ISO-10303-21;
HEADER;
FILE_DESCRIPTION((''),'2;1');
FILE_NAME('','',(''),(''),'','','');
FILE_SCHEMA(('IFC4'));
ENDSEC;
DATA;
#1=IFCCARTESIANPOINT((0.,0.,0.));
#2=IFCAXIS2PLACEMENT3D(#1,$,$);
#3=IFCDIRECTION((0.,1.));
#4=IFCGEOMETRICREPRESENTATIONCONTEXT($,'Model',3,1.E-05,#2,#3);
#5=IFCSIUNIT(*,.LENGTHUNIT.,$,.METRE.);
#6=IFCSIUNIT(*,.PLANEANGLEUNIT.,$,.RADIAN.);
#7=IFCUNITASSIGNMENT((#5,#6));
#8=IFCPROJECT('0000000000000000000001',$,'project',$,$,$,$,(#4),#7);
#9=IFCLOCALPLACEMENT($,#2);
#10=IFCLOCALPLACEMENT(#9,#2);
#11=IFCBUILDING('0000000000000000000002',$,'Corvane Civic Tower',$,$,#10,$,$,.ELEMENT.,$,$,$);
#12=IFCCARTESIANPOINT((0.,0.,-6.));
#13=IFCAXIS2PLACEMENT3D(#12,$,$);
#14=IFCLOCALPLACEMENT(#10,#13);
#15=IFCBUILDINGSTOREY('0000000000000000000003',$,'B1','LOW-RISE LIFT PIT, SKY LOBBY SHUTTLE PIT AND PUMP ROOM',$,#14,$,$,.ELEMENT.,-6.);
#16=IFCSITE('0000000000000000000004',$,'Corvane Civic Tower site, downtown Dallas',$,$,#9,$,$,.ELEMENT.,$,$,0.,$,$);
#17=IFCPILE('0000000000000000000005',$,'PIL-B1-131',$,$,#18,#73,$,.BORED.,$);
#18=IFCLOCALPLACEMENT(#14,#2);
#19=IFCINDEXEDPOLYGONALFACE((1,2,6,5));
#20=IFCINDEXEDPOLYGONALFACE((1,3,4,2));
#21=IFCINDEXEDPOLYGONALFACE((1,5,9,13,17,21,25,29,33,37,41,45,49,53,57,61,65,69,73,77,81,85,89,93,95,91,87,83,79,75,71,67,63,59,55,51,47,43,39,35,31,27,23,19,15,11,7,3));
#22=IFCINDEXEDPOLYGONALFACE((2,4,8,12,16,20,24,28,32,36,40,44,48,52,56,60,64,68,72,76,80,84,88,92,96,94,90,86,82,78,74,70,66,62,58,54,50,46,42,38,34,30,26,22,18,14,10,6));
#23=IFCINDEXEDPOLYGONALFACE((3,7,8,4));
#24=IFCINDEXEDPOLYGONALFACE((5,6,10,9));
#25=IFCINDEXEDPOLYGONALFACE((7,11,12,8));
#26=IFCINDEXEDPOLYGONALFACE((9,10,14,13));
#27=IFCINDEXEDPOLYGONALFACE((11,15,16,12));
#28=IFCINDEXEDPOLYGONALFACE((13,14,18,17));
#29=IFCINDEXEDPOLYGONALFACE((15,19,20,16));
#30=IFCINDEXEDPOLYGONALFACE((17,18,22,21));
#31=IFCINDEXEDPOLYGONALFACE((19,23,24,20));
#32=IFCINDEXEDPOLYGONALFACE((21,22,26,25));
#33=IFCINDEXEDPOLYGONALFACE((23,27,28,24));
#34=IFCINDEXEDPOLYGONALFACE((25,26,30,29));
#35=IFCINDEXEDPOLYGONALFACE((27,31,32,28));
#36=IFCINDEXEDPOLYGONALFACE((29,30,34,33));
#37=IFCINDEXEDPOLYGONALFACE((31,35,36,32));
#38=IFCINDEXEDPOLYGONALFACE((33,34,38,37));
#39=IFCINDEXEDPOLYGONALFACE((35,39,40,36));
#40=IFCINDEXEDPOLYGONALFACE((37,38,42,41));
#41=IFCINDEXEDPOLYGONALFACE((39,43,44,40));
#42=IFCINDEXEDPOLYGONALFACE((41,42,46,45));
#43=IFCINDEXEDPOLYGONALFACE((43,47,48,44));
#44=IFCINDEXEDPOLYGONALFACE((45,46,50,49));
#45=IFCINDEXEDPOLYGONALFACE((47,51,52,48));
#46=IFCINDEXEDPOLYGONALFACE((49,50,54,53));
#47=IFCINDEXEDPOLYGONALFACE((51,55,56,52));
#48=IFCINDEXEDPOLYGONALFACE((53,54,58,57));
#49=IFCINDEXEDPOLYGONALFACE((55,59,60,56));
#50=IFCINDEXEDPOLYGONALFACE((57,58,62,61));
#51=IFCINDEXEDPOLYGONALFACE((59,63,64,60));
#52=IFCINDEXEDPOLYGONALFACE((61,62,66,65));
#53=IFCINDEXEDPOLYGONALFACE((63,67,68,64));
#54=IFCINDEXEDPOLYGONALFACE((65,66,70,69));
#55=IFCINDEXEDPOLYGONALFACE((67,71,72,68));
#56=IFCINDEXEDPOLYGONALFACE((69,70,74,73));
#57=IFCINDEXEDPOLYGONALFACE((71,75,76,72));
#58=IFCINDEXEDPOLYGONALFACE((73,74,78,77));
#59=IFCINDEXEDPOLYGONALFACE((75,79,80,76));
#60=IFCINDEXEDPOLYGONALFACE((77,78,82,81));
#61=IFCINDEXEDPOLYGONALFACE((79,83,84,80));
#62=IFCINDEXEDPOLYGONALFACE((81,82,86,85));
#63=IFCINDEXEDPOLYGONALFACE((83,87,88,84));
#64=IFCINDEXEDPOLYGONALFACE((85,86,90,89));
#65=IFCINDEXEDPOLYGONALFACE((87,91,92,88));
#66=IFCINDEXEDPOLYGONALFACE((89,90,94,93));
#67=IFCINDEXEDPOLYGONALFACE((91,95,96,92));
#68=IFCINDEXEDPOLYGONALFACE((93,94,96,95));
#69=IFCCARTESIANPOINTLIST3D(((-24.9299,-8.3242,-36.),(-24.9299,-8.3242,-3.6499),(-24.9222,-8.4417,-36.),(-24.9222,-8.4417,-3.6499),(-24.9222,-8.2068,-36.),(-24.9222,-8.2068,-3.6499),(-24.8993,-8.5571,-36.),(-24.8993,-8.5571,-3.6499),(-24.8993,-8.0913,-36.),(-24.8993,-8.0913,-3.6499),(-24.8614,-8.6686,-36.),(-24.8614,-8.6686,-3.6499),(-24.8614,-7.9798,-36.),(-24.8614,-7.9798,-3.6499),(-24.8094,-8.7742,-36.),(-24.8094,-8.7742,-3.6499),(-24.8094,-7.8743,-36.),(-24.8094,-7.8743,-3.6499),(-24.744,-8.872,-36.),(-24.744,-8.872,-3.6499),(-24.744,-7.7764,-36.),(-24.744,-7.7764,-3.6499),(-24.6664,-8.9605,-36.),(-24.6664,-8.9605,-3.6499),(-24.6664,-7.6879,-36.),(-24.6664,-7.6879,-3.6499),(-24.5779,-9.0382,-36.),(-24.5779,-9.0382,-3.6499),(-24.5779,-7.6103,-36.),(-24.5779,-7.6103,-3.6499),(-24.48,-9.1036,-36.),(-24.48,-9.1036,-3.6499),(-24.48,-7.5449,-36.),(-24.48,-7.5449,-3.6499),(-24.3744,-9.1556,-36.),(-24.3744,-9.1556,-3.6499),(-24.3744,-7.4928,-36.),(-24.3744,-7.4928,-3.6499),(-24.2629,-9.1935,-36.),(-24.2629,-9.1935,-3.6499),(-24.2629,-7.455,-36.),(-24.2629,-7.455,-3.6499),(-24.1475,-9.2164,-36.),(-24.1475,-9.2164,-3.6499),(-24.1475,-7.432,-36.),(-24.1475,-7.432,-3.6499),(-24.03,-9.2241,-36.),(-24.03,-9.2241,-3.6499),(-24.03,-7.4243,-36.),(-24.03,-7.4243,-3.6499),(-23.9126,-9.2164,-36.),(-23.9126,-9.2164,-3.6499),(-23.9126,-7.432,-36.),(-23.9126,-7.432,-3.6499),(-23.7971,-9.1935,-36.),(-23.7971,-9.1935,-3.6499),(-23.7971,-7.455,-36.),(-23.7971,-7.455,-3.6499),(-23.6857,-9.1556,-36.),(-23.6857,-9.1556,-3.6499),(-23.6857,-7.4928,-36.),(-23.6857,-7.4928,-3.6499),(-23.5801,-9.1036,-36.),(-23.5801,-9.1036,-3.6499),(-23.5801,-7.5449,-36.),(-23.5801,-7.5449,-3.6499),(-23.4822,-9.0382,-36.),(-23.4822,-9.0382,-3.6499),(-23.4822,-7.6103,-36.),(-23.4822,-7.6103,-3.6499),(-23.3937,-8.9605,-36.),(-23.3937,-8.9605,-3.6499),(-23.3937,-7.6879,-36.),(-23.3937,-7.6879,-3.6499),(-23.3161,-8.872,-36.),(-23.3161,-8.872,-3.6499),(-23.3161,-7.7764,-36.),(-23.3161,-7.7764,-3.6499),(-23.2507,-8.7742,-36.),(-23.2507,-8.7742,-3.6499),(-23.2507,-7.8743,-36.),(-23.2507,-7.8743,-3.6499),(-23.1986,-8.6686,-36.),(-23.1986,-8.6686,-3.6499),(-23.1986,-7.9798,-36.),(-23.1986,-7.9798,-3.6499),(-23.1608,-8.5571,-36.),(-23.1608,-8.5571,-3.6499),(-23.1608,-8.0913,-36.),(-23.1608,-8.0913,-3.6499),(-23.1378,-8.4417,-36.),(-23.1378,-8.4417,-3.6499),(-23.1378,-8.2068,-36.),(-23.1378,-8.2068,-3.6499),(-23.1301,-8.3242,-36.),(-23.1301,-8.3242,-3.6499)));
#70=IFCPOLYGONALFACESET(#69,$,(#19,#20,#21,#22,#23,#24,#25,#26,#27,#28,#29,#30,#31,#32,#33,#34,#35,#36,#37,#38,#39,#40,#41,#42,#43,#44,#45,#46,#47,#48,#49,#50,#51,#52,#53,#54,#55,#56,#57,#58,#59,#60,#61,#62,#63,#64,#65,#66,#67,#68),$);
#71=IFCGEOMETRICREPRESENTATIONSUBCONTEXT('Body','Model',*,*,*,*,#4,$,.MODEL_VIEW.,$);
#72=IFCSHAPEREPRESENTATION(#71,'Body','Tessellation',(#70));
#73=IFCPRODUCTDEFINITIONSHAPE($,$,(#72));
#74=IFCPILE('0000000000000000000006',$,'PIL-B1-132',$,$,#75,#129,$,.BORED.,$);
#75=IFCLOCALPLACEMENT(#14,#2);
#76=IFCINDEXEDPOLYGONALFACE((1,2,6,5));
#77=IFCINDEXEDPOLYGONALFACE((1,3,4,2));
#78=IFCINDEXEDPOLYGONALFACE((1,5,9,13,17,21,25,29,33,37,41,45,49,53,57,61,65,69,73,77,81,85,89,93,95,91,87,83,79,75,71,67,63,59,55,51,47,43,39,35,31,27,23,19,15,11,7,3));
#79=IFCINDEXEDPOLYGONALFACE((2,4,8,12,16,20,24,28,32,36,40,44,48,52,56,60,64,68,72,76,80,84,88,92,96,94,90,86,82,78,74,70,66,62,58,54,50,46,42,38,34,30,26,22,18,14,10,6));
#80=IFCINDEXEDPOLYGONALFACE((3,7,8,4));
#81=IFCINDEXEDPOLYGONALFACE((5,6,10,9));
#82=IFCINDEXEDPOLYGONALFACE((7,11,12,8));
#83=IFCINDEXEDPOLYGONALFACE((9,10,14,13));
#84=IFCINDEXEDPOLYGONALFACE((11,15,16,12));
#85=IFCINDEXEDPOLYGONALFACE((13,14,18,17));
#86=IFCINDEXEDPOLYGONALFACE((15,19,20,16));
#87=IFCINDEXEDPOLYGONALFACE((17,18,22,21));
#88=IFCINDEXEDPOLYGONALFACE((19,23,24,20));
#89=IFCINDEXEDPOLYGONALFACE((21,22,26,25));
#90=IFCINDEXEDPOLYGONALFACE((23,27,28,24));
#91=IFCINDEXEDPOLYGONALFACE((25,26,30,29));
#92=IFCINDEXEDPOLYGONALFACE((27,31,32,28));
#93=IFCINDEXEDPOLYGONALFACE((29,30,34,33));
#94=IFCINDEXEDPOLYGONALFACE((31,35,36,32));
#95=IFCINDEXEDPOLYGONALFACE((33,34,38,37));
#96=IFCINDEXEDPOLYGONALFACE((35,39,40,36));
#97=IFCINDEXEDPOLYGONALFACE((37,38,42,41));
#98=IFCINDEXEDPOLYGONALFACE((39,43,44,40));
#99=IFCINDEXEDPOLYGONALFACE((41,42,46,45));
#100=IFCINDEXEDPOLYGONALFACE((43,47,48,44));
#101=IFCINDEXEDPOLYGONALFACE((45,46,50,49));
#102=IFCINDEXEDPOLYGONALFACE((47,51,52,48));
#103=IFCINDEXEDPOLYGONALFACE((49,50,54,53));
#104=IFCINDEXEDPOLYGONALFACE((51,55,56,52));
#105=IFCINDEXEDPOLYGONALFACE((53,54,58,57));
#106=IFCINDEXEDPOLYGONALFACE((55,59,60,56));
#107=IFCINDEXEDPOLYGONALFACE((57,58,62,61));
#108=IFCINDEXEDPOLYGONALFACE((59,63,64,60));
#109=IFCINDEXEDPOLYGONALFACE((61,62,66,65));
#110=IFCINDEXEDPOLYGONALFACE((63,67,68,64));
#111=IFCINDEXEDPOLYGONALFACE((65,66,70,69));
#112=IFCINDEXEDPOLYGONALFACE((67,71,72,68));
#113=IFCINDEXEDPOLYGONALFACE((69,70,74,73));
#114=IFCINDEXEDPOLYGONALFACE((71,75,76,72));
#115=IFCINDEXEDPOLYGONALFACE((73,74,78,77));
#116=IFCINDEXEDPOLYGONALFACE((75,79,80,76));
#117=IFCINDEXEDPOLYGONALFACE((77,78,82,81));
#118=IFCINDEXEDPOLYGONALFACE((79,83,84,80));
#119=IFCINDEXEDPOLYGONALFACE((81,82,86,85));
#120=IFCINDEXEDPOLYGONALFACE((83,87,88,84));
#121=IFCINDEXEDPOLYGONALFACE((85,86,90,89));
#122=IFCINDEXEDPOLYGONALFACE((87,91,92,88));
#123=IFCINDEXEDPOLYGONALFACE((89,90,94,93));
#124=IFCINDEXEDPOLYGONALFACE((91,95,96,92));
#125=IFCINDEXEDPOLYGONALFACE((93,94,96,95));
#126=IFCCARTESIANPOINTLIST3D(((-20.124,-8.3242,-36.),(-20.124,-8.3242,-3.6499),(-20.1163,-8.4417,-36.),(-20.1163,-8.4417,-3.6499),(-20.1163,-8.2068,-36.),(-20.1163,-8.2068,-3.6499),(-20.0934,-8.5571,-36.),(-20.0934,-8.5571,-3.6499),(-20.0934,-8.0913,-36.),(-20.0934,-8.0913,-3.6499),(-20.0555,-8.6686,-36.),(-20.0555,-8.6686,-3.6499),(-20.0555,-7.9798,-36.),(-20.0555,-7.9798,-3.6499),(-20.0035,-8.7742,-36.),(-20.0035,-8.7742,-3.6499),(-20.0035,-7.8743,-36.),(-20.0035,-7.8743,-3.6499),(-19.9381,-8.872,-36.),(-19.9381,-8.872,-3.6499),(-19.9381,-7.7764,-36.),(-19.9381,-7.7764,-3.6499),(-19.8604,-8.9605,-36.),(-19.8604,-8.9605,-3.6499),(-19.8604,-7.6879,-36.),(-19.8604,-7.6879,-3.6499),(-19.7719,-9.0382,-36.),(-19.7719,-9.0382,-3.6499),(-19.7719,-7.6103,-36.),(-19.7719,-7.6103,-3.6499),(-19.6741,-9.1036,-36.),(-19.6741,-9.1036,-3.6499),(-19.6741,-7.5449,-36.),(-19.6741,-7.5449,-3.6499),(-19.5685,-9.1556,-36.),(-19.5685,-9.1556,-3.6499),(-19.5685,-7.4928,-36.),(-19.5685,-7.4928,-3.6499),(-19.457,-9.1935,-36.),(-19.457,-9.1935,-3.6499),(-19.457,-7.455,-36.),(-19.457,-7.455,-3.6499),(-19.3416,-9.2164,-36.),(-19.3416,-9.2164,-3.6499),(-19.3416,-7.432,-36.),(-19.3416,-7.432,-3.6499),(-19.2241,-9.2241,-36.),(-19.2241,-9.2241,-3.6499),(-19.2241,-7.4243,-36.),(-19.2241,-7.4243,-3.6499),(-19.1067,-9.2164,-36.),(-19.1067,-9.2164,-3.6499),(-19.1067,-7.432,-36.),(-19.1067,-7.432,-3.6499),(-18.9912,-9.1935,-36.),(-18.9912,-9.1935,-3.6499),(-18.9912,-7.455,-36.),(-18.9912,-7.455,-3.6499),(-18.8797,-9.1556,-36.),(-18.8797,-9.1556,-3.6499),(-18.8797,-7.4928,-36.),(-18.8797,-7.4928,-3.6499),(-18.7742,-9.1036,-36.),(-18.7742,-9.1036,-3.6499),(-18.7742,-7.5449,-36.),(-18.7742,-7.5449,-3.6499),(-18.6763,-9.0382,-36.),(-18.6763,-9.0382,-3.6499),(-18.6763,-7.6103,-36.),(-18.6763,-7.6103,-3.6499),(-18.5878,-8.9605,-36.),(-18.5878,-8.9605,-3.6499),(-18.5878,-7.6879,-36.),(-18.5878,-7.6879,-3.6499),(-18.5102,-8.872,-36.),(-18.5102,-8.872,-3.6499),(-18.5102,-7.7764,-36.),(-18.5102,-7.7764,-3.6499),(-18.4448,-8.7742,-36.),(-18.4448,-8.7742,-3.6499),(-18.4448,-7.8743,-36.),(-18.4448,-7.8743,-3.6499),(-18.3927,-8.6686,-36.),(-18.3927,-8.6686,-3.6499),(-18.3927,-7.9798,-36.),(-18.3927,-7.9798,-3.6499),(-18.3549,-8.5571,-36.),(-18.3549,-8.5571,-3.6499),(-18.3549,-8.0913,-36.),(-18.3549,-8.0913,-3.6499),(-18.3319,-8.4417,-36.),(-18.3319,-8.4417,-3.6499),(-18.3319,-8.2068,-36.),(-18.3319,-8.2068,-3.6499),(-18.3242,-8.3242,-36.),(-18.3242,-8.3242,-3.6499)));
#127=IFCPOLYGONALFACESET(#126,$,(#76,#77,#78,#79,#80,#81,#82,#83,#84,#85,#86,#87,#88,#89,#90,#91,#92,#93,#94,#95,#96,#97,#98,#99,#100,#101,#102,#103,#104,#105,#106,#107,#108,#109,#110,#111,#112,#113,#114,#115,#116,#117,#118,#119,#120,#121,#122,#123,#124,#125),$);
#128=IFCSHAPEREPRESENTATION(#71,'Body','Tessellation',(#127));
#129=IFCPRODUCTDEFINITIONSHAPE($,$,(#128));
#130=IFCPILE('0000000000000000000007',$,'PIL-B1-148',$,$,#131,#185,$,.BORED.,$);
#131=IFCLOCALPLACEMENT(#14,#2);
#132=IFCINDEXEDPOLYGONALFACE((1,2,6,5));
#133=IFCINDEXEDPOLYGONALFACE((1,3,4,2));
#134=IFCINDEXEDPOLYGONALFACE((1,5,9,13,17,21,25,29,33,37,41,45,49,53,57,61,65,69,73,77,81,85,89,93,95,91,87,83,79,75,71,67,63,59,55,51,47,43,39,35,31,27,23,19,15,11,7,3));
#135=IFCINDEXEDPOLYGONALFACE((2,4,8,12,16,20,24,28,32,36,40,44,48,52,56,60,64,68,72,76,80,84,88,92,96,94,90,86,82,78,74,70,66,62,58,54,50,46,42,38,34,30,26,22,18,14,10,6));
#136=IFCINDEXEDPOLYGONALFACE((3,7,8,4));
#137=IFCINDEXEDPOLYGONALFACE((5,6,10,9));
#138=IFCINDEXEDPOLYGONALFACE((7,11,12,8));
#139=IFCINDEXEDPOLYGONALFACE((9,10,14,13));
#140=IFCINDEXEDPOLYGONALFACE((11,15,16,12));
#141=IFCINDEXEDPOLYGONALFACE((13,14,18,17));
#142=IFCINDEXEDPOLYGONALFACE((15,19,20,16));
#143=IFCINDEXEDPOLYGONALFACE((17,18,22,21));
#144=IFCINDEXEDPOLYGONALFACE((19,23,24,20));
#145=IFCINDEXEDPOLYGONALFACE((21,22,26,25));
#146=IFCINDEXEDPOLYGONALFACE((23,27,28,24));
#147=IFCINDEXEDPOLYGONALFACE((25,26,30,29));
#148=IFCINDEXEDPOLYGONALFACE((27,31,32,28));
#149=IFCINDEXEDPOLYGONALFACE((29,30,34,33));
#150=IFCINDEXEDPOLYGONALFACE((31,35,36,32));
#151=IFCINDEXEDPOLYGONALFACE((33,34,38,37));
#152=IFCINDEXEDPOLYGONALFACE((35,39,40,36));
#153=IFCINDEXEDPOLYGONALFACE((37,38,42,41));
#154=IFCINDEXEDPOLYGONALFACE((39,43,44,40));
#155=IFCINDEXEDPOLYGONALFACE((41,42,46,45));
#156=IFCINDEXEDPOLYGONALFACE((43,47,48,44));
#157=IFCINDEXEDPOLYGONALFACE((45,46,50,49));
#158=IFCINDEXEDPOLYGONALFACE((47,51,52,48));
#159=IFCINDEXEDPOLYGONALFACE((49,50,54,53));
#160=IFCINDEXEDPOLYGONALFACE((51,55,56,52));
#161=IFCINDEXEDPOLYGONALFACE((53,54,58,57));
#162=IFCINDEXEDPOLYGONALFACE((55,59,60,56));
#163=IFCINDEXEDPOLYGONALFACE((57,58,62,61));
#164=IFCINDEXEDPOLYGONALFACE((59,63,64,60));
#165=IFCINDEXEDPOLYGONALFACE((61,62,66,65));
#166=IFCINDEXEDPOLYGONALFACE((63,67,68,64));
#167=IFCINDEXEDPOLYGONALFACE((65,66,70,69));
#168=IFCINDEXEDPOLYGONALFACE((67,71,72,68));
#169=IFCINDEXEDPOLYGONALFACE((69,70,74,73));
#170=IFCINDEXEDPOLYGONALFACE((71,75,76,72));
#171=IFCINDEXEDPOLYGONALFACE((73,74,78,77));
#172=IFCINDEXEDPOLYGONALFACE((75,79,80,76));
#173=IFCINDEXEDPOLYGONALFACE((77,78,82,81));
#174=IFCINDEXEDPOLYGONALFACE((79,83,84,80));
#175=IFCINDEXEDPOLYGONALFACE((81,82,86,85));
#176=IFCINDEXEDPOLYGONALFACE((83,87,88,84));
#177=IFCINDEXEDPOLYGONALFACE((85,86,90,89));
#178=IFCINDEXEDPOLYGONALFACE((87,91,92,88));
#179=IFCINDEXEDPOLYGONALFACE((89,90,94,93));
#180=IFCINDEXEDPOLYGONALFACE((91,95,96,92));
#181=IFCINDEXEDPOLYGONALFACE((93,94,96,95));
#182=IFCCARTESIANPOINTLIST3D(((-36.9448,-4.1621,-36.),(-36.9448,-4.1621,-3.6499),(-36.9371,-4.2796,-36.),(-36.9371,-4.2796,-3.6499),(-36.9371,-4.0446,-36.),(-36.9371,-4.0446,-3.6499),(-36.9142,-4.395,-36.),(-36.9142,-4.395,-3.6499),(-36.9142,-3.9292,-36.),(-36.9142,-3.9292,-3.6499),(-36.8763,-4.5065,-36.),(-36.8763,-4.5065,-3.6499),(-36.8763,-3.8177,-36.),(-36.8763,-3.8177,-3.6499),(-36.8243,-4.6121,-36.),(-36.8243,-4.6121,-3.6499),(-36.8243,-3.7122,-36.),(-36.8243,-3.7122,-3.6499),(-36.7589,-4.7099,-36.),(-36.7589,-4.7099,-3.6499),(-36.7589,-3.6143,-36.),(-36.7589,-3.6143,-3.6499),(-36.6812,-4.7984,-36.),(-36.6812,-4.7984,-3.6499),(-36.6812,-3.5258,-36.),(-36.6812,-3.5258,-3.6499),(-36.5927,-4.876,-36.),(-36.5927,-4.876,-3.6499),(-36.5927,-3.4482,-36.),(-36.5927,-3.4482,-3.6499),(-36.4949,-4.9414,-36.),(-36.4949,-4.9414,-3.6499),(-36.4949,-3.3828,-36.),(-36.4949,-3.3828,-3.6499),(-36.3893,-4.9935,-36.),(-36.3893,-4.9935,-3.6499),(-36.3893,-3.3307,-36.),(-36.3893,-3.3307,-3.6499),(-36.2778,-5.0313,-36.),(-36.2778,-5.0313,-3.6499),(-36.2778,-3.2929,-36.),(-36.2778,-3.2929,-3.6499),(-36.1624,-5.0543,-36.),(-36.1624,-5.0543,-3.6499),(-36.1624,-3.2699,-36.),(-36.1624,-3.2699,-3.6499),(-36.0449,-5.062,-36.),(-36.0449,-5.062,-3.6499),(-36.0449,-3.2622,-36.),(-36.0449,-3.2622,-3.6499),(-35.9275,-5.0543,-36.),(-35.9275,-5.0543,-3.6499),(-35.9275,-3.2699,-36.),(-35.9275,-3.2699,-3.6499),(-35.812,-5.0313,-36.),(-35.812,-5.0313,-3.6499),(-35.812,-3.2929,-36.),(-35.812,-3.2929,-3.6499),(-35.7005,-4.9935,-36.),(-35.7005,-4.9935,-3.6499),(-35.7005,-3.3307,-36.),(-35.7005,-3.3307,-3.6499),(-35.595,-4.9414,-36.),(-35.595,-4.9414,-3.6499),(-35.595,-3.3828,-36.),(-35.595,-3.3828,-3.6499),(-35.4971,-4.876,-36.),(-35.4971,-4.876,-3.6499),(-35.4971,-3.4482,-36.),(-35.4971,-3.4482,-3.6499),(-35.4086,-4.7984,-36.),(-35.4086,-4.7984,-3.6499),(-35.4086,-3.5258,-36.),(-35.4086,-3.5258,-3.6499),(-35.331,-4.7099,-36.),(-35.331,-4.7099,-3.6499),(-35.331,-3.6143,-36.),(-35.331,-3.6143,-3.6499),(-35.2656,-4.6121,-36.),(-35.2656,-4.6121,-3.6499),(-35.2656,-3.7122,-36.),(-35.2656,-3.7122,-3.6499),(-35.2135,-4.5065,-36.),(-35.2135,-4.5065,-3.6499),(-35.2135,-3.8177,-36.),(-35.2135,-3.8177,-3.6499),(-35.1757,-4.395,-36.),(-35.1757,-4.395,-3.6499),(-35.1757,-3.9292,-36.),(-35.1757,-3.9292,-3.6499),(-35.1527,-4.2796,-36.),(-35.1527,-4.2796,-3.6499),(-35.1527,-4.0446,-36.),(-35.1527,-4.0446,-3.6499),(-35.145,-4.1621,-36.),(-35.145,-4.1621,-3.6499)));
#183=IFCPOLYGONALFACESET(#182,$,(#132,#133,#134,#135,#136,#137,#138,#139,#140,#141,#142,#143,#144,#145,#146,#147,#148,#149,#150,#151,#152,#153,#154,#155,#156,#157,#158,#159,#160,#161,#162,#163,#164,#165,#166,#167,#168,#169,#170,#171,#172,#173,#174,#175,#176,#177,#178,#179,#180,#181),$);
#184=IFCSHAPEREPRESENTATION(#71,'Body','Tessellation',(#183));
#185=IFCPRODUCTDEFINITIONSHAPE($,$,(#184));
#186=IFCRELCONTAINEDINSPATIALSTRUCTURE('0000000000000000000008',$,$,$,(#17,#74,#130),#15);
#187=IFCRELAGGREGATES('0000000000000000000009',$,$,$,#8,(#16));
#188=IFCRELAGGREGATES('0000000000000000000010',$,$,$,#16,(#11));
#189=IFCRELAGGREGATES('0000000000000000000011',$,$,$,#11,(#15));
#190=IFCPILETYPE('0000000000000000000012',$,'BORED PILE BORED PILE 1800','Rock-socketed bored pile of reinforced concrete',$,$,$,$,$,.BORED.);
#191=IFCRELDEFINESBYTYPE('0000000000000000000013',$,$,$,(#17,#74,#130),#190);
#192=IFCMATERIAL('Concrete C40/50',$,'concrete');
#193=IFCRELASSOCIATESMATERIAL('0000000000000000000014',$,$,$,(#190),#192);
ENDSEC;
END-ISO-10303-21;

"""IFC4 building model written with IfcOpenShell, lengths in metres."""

from ifc_helpers import new_model, si_unit, direction, frame, origin, origin_2d, place, context, subcontext, project, spatial, circle, extrude, material, material_profile, profile_set, type_object, element, save


model = new_model("IFC4")

# Units and contexts
model_context = context("Model", 3, precision=1e-05, world=origin(), true_north=direction((0.0, 1.0)))
body_context = subcontext(model_context, "Body", "Model", "MODEL_VIEW")
ifc_project = project(units=[si_unit("LENGTHUNIT", "METRE"), si_unit("PLANEANGLEUNIT", "RADIAN")], contexts=[model_context])

# Site, building, storey
site_placement = place(None, origin())
site = spatial("IfcSite", under=ifc_project, at=site_placement, Name="Corvane Civic Tower site, downtown Dallas", CompositionType="ELEMENT", RefElevation=0.0)
building_placement = place(site_placement, origin())
building = spatial("IfcBuilding", under=site, at=building_placement, Name="Corvane Civic Tower", CompositionType="ELEMENT")
storey_placement = place(building_placement, frame((0.0, 0.0, -6.0)))
storey = spatial("IfcBuildingStorey", under=building, at=storey_placement, Name="B1", Description="LOW-RISE LIFT PIT, SKY LOBBY SHUTTLE PIT AND PUMP ROOM", CompositionType="ELEMENT", Elevation=-6.0)

# Piles
ifc_material_1 = material(Name="Concrete C40/50", Category="concrete")
ifc_material_profile_1 = material_profile(ifc_material_1, circle(Radius=0.8999, at=origin_2d()), Name="BORED PILE 1800")
ifc_profile_set_1 = profile_set([ifc_material_profile_1], Name="Concrete C40/50")
pile_type = type_object("IfcPileType", Name="BORED PILE BORED PILE 1800", Description="Rock-socketed bored pile of reinforced concrete", PredefinedType="BORED", material=ifc_profile_set_1)
for number, where, z_axis, x_axis, name in (
    (1, (-24.03, -8.3242, -3.6499), (0.0, 0.0, -1.0), (1.0, 0.0, 0.0), "PIL-B1-131"),
    (2, (-19.2241, -8.3242, -3.6499), (0.0, 0.0, -1.0), (1.0, 0.0, 0.0), "PIL-B1-132"),
    (3, (-36.0449, -4.1621, -3.6499), (0.0, 0.0, -1.0), (1.0, 0.0, 0.0), "PIL-B1-148"),
):
    element("IfcPile", number, at=place(storey_placement, frame(where, z_axis=z_axis, x_axis=x_axis)), inside=storey, type_object=pile_type, Name=name, PredefinedType="BORED", context=body_context, shape_type="SweptSolid", body=[
        extrude(circle(Radius=0.8999, at=origin_2d()), origin(), (0.0, 0.0, 1.0), 32.3501),
    ])

save(model, "model.ifc")
